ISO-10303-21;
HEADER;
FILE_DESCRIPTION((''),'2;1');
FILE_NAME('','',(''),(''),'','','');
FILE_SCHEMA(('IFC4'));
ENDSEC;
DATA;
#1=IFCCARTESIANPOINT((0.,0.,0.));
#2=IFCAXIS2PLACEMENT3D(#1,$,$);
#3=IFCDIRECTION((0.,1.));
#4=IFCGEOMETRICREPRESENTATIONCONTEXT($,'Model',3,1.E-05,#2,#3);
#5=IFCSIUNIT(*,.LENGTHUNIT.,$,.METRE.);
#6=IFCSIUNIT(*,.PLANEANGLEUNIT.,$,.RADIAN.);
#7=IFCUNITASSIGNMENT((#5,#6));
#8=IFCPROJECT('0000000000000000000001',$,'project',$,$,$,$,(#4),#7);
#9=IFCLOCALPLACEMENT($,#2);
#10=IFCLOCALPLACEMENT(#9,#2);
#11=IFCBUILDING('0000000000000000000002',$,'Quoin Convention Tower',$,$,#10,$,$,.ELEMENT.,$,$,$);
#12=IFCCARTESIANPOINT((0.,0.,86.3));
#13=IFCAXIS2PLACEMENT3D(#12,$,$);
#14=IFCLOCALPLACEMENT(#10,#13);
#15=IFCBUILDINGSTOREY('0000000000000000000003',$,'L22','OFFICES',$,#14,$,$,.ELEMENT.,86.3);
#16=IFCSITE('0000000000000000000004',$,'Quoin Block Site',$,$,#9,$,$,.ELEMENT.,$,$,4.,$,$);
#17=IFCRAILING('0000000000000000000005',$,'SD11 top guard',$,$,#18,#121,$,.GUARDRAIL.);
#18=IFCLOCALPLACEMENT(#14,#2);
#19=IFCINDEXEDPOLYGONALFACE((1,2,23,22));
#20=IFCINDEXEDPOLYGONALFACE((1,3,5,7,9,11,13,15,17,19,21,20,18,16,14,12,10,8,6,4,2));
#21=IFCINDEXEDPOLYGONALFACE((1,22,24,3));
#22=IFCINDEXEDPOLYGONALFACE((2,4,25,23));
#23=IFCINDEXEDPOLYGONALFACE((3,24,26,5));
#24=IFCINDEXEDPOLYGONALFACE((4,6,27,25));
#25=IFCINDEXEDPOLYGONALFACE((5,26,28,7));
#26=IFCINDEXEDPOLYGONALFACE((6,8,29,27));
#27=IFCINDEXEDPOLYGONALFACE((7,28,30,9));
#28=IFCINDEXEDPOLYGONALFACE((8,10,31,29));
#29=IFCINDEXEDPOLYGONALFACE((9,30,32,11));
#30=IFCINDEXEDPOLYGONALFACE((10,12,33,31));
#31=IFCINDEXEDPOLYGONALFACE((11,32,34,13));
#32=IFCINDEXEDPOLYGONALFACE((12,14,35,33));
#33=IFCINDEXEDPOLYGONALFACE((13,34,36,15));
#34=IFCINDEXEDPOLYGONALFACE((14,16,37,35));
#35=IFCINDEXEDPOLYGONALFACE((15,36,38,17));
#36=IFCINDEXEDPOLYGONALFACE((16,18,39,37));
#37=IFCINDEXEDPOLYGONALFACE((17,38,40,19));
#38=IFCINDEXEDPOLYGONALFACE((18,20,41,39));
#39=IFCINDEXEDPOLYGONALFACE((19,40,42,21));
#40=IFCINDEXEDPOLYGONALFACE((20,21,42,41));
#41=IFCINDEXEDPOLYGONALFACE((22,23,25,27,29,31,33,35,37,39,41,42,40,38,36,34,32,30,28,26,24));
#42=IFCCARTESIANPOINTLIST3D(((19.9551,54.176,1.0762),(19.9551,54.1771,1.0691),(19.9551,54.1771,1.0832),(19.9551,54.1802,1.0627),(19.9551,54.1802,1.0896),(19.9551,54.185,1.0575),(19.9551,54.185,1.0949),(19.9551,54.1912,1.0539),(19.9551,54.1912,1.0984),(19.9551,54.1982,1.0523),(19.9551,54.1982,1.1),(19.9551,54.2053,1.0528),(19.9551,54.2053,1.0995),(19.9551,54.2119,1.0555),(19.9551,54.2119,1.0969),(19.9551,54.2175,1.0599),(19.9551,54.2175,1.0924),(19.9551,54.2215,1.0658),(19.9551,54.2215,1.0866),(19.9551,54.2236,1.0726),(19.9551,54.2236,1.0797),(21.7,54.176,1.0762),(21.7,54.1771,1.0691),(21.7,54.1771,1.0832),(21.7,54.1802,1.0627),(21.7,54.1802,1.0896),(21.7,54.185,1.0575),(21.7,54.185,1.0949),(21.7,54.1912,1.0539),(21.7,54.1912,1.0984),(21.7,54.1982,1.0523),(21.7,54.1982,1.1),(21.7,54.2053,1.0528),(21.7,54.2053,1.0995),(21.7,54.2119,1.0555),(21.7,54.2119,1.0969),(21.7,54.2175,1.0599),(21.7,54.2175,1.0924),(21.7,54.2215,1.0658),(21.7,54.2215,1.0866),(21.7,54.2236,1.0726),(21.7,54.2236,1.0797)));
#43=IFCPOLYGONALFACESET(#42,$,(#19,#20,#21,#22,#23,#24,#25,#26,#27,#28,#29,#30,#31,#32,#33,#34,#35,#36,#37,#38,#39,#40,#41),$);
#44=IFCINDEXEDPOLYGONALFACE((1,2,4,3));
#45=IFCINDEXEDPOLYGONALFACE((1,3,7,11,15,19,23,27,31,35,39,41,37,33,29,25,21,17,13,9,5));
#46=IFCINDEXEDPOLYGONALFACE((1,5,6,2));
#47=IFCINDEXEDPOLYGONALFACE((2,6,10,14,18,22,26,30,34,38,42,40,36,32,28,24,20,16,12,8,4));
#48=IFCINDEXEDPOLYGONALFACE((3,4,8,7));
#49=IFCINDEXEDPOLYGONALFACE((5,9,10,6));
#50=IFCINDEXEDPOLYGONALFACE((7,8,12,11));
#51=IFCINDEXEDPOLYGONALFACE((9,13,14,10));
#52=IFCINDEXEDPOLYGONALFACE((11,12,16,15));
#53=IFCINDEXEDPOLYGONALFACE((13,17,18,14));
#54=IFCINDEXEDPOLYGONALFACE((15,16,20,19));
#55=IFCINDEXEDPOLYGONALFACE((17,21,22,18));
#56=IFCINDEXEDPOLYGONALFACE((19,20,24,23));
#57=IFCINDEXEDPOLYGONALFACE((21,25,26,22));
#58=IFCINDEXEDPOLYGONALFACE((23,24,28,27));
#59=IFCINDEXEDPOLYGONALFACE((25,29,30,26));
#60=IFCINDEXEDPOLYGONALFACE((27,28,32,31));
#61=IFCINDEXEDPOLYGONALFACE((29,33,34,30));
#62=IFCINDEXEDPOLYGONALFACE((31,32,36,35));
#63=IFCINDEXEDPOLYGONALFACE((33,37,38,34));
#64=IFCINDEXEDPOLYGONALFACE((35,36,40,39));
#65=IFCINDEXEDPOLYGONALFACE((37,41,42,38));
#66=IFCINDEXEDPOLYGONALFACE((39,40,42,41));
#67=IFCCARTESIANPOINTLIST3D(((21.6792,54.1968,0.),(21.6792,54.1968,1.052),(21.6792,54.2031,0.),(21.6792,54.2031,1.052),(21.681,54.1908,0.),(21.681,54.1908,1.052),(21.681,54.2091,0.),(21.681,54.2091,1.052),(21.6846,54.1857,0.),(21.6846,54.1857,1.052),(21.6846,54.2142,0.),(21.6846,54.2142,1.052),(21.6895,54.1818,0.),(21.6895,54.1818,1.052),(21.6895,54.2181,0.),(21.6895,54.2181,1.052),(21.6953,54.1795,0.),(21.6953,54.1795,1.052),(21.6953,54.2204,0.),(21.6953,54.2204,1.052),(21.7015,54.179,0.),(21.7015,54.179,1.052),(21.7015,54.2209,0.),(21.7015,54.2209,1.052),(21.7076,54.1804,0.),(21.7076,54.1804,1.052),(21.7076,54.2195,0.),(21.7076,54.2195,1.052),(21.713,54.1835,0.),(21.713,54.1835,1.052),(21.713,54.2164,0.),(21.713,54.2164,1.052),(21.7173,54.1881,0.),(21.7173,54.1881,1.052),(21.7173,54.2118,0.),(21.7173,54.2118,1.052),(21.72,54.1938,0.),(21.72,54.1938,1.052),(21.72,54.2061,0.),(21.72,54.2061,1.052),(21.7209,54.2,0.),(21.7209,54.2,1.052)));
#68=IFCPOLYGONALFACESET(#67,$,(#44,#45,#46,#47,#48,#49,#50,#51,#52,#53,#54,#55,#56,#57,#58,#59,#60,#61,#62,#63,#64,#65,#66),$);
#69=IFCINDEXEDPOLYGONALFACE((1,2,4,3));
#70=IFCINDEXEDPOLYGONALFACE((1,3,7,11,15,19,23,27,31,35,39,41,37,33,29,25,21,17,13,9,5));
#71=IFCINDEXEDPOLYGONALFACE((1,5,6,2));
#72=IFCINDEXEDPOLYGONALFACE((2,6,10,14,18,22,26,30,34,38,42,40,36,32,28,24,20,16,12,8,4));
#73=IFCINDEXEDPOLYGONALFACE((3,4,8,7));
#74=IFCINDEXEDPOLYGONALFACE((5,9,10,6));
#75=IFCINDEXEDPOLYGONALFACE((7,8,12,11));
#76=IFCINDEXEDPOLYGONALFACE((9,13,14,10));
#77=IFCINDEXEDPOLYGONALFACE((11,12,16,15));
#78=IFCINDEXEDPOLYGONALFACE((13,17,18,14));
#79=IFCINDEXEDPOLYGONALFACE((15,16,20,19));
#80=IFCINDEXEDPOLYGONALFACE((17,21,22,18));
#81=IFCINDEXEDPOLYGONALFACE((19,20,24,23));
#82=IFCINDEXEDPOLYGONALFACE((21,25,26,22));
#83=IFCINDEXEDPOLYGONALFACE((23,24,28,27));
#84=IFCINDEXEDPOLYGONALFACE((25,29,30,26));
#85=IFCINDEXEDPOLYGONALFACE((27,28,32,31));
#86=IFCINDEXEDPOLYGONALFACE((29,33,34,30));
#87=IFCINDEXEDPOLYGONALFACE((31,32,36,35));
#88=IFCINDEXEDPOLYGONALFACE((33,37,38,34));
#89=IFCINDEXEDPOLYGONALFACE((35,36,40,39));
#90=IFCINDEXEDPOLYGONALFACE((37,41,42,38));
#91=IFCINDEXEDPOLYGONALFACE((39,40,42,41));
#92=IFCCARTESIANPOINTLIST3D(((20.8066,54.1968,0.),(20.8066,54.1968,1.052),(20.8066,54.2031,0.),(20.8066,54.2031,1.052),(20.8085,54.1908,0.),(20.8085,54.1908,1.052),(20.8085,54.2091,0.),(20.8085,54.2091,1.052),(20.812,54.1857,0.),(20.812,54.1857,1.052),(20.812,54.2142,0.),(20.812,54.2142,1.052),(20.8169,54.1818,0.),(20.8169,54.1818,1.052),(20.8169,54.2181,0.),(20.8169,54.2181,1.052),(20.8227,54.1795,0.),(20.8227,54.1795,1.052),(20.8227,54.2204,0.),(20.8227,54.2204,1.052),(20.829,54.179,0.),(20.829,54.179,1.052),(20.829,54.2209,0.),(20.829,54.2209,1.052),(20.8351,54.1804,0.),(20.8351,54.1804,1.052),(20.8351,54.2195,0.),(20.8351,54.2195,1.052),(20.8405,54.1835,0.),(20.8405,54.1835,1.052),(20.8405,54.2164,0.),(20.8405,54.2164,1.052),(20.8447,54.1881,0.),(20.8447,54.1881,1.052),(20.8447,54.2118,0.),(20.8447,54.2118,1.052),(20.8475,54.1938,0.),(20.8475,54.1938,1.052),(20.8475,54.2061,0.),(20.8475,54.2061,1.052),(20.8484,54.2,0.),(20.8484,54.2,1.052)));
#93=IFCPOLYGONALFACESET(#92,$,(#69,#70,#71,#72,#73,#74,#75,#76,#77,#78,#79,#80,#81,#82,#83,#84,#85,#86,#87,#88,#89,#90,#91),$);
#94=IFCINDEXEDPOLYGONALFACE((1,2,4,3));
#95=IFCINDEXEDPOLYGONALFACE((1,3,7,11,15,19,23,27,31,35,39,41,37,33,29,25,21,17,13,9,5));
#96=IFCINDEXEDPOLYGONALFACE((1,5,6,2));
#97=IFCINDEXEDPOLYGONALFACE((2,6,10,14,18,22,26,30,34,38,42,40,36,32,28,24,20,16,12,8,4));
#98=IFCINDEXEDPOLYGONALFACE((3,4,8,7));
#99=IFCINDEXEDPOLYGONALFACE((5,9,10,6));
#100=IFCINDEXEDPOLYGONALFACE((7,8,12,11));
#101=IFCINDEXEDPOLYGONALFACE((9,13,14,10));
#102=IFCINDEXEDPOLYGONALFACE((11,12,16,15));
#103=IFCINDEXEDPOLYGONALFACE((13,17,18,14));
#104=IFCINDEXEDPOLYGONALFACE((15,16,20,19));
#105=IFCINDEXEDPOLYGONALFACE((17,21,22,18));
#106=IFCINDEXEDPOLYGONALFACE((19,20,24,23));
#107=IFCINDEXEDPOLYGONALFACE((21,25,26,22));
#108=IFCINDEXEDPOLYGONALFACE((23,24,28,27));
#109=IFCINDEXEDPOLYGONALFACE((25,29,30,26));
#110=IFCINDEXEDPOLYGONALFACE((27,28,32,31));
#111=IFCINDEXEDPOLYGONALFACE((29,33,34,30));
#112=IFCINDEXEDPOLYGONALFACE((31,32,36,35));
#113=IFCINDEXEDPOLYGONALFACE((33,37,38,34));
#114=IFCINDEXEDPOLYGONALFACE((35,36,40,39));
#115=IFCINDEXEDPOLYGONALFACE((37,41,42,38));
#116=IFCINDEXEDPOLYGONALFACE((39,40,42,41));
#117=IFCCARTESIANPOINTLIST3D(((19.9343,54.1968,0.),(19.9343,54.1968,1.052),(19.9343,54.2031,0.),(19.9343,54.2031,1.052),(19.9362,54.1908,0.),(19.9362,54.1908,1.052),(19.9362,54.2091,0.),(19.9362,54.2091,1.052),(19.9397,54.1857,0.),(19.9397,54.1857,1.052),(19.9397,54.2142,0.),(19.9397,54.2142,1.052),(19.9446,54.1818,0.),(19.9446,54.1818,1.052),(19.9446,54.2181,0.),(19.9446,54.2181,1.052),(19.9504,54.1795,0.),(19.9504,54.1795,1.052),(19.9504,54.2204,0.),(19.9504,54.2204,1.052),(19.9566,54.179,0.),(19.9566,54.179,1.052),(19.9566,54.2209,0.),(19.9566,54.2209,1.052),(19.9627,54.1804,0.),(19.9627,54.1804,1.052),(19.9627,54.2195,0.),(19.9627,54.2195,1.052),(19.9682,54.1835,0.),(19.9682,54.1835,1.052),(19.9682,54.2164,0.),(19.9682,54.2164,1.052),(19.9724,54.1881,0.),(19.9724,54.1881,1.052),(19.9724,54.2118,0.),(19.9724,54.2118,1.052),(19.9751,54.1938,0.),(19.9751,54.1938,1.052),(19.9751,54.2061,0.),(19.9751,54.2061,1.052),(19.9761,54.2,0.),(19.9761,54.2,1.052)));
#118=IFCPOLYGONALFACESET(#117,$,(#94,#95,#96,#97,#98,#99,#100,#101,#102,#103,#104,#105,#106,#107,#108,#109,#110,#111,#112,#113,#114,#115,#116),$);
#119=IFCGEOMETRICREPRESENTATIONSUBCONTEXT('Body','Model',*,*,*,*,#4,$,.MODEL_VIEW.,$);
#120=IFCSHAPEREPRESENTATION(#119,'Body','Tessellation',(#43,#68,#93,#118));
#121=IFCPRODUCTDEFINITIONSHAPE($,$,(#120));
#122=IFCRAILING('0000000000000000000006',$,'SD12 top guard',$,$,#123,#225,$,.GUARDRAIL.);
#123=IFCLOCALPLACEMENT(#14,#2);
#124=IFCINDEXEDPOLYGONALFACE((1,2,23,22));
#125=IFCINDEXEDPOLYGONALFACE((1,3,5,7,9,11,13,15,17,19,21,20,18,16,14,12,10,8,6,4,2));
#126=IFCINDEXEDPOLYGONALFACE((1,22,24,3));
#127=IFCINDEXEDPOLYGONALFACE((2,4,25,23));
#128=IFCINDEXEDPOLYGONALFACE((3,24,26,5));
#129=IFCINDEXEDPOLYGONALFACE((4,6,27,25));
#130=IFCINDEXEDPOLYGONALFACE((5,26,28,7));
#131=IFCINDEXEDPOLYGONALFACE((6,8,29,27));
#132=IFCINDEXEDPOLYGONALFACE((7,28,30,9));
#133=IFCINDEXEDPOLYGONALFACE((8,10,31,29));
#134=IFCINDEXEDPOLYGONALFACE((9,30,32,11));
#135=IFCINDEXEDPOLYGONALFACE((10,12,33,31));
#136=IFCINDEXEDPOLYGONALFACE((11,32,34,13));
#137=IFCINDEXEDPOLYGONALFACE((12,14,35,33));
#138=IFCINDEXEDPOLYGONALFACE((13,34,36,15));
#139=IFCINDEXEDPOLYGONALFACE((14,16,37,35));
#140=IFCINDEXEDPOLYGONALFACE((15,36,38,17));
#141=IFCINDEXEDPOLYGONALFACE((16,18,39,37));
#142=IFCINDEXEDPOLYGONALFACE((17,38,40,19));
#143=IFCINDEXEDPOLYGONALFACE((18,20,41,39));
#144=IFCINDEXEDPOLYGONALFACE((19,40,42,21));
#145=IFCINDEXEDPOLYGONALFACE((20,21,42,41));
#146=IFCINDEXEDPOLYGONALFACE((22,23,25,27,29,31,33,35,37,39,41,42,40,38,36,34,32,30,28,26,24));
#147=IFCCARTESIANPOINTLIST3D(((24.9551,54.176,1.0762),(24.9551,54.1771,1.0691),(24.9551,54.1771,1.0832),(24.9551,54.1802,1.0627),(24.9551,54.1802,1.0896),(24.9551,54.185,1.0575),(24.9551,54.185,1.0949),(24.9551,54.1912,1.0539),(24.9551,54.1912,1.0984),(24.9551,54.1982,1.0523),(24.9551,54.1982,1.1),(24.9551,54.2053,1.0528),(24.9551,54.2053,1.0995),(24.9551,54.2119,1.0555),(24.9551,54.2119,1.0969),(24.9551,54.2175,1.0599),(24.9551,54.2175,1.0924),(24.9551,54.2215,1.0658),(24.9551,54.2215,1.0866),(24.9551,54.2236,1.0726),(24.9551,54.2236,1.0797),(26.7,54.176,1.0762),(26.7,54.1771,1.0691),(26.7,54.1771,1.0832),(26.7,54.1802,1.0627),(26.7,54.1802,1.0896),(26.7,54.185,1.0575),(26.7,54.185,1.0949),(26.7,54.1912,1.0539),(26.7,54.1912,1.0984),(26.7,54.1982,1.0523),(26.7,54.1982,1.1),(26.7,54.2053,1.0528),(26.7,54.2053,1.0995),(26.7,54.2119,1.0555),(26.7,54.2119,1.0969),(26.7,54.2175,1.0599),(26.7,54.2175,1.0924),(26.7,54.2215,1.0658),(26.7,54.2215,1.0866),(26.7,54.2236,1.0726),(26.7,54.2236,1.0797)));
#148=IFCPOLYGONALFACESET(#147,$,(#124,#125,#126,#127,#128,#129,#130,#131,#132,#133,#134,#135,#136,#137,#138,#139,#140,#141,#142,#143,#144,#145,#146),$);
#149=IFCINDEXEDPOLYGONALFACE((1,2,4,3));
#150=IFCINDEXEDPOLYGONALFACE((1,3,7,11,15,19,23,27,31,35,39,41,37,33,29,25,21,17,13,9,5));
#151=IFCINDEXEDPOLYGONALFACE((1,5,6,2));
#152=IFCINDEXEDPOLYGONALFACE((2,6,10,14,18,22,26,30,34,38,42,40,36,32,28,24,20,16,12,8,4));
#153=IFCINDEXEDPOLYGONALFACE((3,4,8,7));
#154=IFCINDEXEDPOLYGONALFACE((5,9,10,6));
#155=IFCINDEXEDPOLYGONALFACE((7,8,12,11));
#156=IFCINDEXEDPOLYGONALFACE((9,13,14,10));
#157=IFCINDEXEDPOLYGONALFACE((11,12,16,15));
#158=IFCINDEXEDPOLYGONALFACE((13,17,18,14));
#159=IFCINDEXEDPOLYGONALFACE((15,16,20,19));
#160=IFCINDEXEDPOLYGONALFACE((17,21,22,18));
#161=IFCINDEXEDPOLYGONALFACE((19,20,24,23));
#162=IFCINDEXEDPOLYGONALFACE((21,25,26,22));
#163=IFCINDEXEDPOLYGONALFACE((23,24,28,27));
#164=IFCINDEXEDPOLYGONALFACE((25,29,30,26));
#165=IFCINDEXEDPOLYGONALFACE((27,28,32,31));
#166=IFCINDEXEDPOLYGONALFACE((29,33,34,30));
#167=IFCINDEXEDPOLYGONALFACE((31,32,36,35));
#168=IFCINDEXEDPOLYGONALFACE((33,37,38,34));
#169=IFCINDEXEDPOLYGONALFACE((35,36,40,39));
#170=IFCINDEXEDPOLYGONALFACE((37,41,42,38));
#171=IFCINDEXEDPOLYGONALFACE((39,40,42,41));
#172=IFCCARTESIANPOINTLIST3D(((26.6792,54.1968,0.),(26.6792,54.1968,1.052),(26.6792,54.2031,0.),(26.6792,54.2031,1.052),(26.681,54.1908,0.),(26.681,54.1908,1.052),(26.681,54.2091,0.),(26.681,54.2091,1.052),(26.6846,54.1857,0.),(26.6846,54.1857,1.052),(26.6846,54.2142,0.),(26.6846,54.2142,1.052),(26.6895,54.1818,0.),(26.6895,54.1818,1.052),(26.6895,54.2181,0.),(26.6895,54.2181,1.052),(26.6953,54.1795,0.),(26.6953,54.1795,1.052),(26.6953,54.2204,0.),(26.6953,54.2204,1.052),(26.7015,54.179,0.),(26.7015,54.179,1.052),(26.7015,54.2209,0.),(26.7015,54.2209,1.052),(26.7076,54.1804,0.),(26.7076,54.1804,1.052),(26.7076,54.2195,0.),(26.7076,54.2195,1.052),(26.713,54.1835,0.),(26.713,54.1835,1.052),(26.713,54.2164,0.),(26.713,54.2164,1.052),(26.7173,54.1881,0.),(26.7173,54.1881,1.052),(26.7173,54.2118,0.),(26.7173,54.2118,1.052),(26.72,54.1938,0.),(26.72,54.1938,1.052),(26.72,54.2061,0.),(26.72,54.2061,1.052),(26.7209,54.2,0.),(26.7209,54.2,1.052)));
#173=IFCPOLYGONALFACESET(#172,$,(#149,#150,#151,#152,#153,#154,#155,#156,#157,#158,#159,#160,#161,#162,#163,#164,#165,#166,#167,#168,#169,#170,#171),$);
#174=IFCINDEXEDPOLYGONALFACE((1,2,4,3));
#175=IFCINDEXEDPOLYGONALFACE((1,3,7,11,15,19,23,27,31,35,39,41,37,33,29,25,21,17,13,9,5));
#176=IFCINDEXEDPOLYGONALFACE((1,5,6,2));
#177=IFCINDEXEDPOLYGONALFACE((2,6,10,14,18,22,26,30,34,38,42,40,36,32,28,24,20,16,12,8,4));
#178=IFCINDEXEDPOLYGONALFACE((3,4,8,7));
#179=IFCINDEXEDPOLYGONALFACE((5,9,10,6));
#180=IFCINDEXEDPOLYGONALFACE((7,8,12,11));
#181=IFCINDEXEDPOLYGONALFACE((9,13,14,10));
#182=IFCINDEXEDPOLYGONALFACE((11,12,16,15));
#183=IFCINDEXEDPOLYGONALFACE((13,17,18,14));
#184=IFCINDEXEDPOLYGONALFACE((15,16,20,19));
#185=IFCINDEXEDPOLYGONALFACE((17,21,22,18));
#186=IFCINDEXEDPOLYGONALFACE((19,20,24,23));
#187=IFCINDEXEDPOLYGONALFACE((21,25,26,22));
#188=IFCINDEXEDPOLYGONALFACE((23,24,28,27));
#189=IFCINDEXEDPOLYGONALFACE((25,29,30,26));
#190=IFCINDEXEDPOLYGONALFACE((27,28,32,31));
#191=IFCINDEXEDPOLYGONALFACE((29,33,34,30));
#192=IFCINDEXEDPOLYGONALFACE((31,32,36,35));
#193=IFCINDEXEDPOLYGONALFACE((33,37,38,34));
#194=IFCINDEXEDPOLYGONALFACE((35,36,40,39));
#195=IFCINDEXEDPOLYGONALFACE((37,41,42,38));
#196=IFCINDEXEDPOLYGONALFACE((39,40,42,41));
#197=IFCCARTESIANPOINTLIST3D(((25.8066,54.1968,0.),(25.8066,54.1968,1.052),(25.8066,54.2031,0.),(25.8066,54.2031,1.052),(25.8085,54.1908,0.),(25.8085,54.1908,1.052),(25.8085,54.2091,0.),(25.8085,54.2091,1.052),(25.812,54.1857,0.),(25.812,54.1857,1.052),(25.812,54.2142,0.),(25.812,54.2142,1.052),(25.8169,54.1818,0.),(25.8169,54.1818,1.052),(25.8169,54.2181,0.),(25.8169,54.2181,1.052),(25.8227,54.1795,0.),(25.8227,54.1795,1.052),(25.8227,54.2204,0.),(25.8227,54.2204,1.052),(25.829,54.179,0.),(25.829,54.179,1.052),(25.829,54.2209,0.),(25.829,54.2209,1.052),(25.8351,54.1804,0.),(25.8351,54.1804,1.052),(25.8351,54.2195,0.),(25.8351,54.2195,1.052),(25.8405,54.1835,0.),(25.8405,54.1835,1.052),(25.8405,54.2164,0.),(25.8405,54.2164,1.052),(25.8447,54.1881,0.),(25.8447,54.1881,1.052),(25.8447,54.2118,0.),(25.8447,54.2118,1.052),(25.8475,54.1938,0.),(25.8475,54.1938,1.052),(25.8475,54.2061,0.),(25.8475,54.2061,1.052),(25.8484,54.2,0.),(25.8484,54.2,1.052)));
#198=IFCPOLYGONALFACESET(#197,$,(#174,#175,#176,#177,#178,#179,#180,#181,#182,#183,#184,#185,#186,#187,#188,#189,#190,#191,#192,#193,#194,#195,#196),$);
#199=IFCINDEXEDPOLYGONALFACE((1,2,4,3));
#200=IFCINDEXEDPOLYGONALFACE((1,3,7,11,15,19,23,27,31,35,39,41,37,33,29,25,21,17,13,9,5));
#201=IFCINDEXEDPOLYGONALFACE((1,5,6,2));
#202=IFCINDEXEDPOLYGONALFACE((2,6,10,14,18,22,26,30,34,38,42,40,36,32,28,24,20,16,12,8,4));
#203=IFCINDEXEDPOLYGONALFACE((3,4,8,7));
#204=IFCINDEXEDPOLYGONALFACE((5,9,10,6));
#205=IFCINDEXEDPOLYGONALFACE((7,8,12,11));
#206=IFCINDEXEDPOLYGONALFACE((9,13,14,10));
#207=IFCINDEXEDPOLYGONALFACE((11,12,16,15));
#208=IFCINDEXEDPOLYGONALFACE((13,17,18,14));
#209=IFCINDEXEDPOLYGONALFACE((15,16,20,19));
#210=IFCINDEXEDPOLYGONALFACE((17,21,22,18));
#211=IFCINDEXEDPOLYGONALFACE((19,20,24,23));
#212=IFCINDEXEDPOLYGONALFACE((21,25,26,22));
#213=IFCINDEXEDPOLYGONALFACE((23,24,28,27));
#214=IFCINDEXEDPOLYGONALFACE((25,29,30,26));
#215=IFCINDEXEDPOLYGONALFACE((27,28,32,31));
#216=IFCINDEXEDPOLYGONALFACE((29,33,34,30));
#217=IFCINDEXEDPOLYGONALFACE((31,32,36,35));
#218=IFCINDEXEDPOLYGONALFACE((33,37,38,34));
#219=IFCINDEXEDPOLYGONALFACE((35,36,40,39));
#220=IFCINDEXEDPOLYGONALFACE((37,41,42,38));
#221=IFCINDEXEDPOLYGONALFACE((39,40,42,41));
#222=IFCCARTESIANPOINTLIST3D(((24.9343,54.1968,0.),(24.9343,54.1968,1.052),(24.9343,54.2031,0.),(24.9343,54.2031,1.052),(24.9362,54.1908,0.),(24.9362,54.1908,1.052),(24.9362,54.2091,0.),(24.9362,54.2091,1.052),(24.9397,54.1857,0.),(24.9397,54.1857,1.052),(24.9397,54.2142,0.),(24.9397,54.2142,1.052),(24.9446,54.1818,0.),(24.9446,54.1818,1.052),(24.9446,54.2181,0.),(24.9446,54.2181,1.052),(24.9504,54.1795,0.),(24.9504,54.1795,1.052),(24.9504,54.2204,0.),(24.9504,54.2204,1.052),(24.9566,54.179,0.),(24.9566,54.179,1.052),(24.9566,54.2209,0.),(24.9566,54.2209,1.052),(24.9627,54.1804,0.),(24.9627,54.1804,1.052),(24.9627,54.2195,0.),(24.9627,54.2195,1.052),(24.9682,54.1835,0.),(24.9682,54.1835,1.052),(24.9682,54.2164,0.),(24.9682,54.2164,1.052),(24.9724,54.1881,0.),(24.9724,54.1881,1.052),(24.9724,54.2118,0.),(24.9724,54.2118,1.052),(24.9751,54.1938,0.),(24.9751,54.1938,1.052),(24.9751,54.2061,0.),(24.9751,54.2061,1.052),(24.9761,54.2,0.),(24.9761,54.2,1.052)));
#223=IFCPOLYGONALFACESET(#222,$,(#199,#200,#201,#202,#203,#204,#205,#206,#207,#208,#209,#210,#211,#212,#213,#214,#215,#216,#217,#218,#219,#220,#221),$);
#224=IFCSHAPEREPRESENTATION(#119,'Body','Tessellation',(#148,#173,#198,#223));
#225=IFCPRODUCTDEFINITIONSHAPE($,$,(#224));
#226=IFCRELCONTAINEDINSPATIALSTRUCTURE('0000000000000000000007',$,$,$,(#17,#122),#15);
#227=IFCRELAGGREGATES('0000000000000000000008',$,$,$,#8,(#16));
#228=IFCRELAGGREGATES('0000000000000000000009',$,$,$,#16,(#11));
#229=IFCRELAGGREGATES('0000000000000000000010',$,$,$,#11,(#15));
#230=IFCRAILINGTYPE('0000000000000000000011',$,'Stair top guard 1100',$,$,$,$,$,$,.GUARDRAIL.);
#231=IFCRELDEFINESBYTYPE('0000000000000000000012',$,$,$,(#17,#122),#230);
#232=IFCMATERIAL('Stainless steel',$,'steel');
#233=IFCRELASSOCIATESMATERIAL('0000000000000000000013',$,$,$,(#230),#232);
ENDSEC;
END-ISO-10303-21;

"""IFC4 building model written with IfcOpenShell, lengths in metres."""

from ifc_helpers import new_model, si_unit, direction, frame, origin, origin_2d, place, context, subcontext, project, spatial, circle, extrude, material, type_object, element, save


model = new_model("IFC4")

# Units and contexts
model_context = context("Model", 3, precision=1e-05, world=origin(), true_north=direction((0.0, 1.0)))
body_context = subcontext(model_context, "Body", "Model", "MODEL_VIEW")
ifc_project = project(units=[si_unit("LENGTHUNIT", "METRE"), si_unit("PLANEANGLEUNIT", "RADIAN")], contexts=[model_context])

# Site, building, storey
site_placement = place(None, origin())
site = spatial("IfcSite", under=ifc_project, at=site_placement, Name="Quoin Block Site", CompositionType="ELEMENT", RefElevation=4.0)
building_placement = place(site_placement, origin())
building = spatial("IfcBuilding", under=site, at=building_placement, Name="Quoin Convention Tower", CompositionType="ELEMENT")
storey_placement = place(building_placement, frame((0.0, 0.0, 86.3)))
storey = spatial("IfcBuildingStorey", under=building, at=storey_placement, Name="L22", Description="OFFICES", CompositionType="ELEMENT", Elevation=86.3)

# Railings
ifc_material_1 = material(Name="Stainless steel", Category="steel")
railing_type_1 = type_object("IfcRailingType", Name="Stair top guard 1100", PredefinedType="GUARDRAIL", material=ifc_material_1)
for number, where, name in (
    (1, (21.7, 54.2, 0.0), "SD11 top guard"),
    (2, (26.7, 54.2, 0.0), "SD12 top guard"),
):
    element("IfcRailing", number, at=place(storey_placement, frame(where)), inside=storey, type_object=railing_type_1, Name=name, PredefinedType="GUARDRAIL", context=body_context, shape_type="SweptSolid", body=[
        extrude(circle(Radius=0.0239, at=origin_2d()), frame((0.0, 0.0, 1.0762), z_axis=(-1.0, 0.0, 0.0), x_axis=(0.0, -1.0, 0.0)), (0.0, 0.0, 1.0), 1.7449),
        extrude(circle(Radius=0.021, at=origin_2d()), origin(), (0.0, 0.0, 1.0), 1.052),
        extrude(circle(Radius=0.021, at=origin_2d()), frame((-0.8726, 0.0, 0.0)), (0.0, 0.0, 1.0), 1.052),
        extrude(circle(Radius=0.021, at=origin_2d()), frame((-1.7449, 0.0, 0.0)), (0.0, 0.0, 1.0), 1.052),
    ])

save(model, "model.ifc")
